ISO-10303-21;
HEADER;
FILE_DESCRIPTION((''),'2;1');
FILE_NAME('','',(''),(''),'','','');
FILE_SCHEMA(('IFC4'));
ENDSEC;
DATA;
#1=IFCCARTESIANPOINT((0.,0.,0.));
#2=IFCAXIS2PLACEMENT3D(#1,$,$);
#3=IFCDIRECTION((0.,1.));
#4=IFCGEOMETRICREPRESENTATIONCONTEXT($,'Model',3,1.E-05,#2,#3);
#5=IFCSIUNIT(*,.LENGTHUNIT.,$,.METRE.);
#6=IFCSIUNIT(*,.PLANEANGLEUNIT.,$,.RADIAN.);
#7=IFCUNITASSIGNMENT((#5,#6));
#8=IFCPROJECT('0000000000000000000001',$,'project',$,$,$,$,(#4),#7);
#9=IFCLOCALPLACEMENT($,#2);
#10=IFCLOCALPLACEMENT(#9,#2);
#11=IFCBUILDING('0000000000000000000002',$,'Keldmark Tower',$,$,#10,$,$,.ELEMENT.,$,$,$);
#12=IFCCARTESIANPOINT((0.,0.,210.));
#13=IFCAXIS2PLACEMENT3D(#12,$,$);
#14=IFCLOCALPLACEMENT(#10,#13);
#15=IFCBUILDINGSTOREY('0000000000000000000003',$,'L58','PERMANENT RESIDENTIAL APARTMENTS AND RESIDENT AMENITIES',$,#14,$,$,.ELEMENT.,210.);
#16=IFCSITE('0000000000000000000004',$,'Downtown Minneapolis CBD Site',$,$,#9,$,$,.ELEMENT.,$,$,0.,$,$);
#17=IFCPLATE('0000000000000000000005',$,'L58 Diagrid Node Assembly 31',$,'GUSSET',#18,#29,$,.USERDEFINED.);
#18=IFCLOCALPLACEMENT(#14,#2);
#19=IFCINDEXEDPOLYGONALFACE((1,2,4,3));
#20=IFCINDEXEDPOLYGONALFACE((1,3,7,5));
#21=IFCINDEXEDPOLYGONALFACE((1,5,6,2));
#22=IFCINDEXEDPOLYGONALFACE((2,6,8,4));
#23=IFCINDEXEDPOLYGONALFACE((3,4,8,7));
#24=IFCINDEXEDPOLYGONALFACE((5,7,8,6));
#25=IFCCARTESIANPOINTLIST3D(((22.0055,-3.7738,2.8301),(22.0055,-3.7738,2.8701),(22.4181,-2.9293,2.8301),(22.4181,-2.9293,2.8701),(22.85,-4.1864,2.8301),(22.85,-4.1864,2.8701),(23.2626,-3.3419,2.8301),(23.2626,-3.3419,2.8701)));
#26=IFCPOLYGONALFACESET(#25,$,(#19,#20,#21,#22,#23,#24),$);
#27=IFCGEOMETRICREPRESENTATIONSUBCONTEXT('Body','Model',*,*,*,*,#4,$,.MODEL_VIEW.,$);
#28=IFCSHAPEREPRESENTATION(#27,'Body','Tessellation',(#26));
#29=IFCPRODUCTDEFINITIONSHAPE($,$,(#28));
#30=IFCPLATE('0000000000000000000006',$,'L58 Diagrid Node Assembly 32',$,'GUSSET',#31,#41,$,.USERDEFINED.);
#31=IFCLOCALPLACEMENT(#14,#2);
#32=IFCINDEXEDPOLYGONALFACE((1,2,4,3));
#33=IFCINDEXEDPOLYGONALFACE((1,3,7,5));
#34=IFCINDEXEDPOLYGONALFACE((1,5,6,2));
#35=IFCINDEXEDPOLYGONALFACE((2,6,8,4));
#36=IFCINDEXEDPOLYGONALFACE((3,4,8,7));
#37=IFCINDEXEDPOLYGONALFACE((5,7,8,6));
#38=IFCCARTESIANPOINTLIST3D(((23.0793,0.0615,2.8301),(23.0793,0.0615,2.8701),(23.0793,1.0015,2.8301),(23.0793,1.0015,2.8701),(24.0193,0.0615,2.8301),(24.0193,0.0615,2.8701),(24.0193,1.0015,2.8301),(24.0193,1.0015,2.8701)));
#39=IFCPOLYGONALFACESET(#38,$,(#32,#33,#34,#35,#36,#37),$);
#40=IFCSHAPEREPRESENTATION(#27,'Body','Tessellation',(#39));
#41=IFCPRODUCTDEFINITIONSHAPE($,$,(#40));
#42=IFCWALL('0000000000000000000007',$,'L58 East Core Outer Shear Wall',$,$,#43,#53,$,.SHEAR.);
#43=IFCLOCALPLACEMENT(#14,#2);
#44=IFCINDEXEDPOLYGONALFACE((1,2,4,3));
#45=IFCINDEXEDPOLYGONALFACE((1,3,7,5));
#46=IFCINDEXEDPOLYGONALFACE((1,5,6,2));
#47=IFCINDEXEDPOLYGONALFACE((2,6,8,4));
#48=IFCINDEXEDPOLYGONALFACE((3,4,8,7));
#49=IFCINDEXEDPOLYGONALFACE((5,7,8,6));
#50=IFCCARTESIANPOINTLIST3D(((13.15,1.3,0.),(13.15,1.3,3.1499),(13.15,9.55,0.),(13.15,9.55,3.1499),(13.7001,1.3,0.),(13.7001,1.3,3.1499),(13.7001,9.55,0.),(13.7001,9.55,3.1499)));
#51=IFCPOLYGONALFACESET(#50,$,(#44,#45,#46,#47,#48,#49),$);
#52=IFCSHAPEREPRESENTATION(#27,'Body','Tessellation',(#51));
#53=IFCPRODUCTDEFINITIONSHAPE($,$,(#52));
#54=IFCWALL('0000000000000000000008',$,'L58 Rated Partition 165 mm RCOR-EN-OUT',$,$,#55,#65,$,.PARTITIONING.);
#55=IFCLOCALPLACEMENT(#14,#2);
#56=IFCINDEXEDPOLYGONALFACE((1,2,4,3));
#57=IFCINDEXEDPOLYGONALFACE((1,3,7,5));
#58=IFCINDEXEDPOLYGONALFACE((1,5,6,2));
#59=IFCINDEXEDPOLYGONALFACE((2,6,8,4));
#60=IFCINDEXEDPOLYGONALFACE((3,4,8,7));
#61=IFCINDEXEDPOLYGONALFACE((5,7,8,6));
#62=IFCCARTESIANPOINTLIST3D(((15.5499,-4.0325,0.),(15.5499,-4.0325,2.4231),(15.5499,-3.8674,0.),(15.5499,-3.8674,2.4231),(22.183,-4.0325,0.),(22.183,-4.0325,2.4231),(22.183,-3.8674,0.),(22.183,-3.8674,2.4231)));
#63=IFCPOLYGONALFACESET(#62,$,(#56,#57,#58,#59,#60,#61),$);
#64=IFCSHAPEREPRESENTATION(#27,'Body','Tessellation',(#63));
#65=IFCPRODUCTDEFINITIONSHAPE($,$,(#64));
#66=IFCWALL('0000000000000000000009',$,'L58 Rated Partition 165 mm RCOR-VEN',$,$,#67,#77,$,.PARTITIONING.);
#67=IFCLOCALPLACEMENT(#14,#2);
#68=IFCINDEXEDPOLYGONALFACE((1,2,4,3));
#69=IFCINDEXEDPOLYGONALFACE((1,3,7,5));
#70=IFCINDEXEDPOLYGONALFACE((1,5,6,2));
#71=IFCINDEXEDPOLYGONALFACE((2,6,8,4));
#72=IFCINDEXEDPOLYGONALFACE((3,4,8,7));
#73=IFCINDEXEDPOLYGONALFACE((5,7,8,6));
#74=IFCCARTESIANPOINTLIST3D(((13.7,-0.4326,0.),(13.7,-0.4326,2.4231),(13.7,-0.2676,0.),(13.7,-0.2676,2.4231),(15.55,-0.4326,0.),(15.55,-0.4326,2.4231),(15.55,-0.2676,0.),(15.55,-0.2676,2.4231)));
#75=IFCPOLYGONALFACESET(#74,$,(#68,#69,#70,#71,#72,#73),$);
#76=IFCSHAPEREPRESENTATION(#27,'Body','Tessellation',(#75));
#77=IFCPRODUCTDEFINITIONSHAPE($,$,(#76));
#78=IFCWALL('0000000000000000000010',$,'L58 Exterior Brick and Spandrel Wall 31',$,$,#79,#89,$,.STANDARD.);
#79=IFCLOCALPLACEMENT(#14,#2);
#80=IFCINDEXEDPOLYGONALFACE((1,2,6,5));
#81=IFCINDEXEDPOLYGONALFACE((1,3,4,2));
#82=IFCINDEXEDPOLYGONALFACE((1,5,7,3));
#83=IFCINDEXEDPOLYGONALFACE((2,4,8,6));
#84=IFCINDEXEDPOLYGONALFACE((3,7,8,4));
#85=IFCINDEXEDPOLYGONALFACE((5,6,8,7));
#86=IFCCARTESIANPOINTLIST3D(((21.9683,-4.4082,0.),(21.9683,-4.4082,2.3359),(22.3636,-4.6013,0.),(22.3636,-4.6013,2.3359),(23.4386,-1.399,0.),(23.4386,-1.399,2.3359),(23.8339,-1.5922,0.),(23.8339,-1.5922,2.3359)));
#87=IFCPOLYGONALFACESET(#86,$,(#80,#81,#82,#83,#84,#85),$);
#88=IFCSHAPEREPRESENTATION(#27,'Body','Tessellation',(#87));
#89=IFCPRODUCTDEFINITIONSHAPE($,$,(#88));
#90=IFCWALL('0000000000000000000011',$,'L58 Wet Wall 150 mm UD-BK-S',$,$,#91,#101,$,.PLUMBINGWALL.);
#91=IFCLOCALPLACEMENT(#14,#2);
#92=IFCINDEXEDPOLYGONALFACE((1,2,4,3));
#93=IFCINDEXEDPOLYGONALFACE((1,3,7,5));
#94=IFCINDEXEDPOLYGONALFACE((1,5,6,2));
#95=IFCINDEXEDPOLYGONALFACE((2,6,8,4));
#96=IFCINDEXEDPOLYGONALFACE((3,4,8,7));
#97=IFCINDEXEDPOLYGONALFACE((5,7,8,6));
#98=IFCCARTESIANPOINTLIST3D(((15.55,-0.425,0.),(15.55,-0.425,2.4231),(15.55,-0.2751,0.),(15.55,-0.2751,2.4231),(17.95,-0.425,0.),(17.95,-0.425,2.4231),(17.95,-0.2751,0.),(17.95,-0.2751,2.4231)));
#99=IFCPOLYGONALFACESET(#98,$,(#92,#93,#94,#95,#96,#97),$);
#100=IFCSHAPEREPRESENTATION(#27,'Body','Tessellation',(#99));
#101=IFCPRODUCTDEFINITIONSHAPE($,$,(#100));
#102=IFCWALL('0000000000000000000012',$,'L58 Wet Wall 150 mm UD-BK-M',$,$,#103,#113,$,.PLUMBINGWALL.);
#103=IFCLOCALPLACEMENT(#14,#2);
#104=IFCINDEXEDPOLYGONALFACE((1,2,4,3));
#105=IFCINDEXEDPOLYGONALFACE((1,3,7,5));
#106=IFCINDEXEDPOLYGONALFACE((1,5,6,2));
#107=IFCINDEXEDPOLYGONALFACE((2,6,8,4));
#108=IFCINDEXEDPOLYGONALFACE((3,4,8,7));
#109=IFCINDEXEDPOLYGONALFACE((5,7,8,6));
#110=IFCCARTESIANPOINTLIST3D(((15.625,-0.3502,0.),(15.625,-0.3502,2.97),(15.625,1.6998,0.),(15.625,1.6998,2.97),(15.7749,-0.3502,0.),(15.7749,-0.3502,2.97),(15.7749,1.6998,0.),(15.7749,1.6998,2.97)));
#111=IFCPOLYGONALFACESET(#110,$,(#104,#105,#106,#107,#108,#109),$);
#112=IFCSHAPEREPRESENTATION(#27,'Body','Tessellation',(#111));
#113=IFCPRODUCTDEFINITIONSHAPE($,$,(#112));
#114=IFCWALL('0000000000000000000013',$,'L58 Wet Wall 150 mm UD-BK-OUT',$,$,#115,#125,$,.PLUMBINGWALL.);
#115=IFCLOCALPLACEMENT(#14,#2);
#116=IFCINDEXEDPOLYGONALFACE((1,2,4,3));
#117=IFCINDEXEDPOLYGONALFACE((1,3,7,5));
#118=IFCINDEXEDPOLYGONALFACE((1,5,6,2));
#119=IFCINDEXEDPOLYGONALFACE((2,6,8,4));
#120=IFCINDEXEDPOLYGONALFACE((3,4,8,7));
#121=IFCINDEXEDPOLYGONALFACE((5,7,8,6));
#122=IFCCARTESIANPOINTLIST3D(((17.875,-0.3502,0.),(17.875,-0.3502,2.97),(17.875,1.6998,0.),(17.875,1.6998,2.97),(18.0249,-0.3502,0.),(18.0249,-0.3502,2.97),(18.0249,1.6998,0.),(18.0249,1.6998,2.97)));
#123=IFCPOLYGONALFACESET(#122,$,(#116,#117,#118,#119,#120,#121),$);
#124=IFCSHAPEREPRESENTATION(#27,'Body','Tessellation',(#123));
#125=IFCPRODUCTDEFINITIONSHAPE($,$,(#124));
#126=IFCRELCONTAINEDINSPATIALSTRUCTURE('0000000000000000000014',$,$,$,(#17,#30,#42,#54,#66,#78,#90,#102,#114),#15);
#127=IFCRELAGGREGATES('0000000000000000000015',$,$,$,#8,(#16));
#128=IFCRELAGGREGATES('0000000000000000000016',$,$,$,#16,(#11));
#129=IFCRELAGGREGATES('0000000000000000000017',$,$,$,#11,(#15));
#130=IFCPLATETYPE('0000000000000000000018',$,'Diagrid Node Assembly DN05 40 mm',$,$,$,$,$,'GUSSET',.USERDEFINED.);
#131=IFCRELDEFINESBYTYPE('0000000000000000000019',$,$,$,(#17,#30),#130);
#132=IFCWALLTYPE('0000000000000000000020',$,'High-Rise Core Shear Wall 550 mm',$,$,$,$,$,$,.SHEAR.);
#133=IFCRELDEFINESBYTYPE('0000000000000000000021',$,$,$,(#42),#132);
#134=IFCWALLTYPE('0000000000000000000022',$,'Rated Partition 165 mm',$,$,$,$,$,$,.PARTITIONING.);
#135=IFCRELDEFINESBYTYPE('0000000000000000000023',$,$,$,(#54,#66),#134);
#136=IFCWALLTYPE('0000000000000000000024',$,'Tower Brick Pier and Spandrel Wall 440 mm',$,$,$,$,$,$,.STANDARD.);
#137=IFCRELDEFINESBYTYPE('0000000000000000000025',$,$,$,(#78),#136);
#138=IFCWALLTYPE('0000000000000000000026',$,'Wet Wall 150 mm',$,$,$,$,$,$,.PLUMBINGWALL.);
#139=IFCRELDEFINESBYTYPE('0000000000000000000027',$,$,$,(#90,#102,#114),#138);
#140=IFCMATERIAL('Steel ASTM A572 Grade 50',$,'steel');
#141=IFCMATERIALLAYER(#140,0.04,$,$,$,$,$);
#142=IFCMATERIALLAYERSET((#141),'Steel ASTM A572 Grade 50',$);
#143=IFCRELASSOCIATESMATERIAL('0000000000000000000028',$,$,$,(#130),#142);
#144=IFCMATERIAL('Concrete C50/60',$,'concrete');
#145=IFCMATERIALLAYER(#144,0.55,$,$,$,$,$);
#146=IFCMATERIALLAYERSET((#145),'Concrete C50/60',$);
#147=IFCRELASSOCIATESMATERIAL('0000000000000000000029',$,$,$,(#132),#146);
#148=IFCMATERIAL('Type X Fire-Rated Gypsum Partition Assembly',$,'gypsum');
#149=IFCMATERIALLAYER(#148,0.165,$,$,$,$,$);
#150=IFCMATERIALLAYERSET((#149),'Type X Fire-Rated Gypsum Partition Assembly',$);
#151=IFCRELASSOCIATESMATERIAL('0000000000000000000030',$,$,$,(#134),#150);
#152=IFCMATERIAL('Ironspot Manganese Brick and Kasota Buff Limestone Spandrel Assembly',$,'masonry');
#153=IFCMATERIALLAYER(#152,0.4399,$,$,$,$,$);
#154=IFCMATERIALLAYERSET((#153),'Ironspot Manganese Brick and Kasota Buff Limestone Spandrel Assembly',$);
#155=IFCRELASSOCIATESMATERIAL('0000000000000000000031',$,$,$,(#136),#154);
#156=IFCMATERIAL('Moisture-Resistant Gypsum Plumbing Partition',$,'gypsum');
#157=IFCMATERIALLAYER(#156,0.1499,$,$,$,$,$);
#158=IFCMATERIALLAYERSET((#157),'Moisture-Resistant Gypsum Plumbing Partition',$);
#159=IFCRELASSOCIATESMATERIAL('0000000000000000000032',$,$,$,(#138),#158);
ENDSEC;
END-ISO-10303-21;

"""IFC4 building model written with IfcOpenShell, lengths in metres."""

from ifc_helpers import new_model, si_unit, direction, frame, frame_2d, origin, origin_2d, place, context, subcontext, project, spatial, rectangle, extrude, material, layer, layer_set, type_object, element, save


model = new_model("IFC4")

# Units and contexts
model_context = context("Model", 3, precision=1e-05, world=origin(), true_north=direction((0.0, 1.0)))
body_context = subcontext(model_context, "Body", "Model", "MODEL_VIEW")
ifc_project = project(units=[si_unit("LENGTHUNIT", "METRE"), si_unit("PLANEANGLEUNIT", "RADIAN")], contexts=[model_context])

# Site, building, storey
site_placement = place(None, origin())
site = spatial("IfcSite", under=ifc_project, at=site_placement, Name="Downtown Minneapolis CBD Site", CompositionType="ELEMENT", RefElevation=0.0)
building_placement = place(site_placement, origin())
building = spatial("IfcBuilding", under=site, at=building_placement, Name="Keldmark Tower", CompositionType="ELEMENT")
storey_placement = place(building_placement, frame((0.0, 0.0, 210.0)))
storey = spatial("IfcBuildingStorey", under=building, at=storey_placement, Name="L58", Description="PERMANENT RESIDENTIAL APARTMENTS AND RESIDENT AMENITIES", CompositionType="ELEMENT", Elevation=210.0)

# Plates
ifc_material_1 = material(Name="Steel ASTM A572 Grade 50", Category="steel")
ifc_layer_1 = layer(ifc_material_1, 0.04)
ifc_layer_set_1 = layer_set([ifc_layer_1], Name="Steel ASTM A572 Grade 50")
plate_type_1 = type_object("IfcPlateType", Name="Diagrid Node Assembly DN05 40 mm", ElementType="GUSSET", PredefinedType="USERDEFINED", material=ifc_layer_set_1)
for number, where, z_axis, x_axis, name in (
    (1, (22.634, -3.5579, 2.8301), (0.0, 0.0, 1.0), (0.438999, 0.898488, 0.0), "L58 Diagrid Node Assembly 31"),
    (2, (23.5493, 0.5315, 2.8301), (0.0, 0.0, 1.0), (0.0, 1.0, 0.0), "L58 Diagrid Node Assembly 32"),
):
    element("IfcPlate", number, at=place(storey_placement, frame(where, z_axis=z_axis, x_axis=x_axis)), inside=storey, type_object=plate_type_1, Name=name, ObjectType="GUSSET", PredefinedType="USERDEFINED", context=body_context, shape_type="SweptSolid", body=[
        extrude(rectangle(XDim=0.9399, YDim=0.9399, at=origin_2d()), origin(), (0.0, 0.0, 1.0), 0.04),
    ])

# Wall
ifc_material_2 = material(Name="Concrete C50/60", Category="concrete")
ifc_layer_2 = layer(ifc_material_2, 0.55)
ifc_layer_set_2 = layer_set([ifc_layer_2], Name="Concrete C50/60")
wall_type_1 = type_object("IfcWallType", Name="High-Rise Core Shear Wall 550 mm", PredefinedType="SHEAR", material=ifc_layer_set_2)
wall_1_placement = place(storey_placement, frame((13.425, 1.3, 0.0), z_axis=(0.0, 0.0, 1.0), x_axis=(0.0, 1.0, 0.0)))
element("IfcWall", 3, at=wall_1_placement, inside=storey, type_object=wall_type_1, Name="L58 East Core Outer Shear Wall", PredefinedType="SHEAR", context=body_context, shape_type="SweptSolid", body=[
    extrude(rectangle(XDim=8.25, YDim=0.55, at=frame_2d((4.125, 0.0))), origin(), (0.0, 0.0, 1.0), 3.1499),
])

# Shared definitions
ifc_material_3 = material(Name="Type X Fire-Rated Gypsum Partition Assembly", Category="gypsum")
ifc_layer_3 = layer(ifc_material_3, 0.165)
ifc_layer_set_3 = layer_set([ifc_layer_3], Name="Type X Fire-Rated Gypsum Partition Assembly")
wall_type_2 = type_object("IfcWallType", Name="Rated Partition 165 mm", PredefinedType="PARTITIONING", material=ifc_layer_set_3)

# Wall
wall_2_placement = place(storey_placement, frame((15.55, -3.95, 0.0), z_axis=(0.0, 0.0, 1.0), x_axis=(1.0, 0.0, 0.0)))
element("IfcWall", 4, at=wall_2_placement, inside=storey, type_object=wall_type_2, Name="L58 Rated Partition 165 mm RCOR-EN-OUT", PredefinedType="PARTITIONING", context=body_context, shape_type="SweptSolid", body=[
    extrude(rectangle(XDim=6.6331, YDim=0.165, at=frame_2d((3.3164, 0.0))), origin(), (0.0, 0.0, 1.0), 2.4231),
])

# Walls
wall_3_placement = place(storey_placement, frame((13.7, -0.3501, 0.0), z_axis=(0.0, 0.0, 1.0), x_axis=(1.0, 0.0, 0.0)))
element("IfcWall", 5, at=wall_3_placement, inside=storey, type_object=wall_type_2, Name="L58 Rated Partition 165 mm RCOR-VEN", PredefinedType="PARTITIONING", context=body_context, shape_type="SweptSolid", body=[
    extrude(rectangle(XDim=1.8501, YDim=0.165, at=frame_2d((0.925, 0.0))), origin(), (0.0, 0.0, 1.0), 2.4231),
])
ifc_material_4 = material(Name="Ironspot Manganese Brick and Kasota Buff Limestone Spandrel Assembly", Category="masonry")
ifc_layer_4 = layer(ifc_material_4, 0.4399)
ifc_layer_set_4 = layer_set([ifc_layer_4], Name="Ironspot Manganese Brick and Kasota Buff Limestone Spandrel Assembly")
wall_type_3 = type_object("IfcWallType", Name="Tower Brick Pier and Spandrel Wall 440 mm", PredefinedType="STANDARD", material=ifc_layer_set_4)
wall_4_placement = place(storey_placement, frame((23.6362, -1.4956, 0.0), z_axis=(0.0, 0.0, 1.0), x_axis=(-0.439001, -0.898487, 0.0)))
element("IfcWall", 6, at=wall_4_placement, inside=storey, type_object=wall_type_3, Name="L58 Exterior Brick and Spandrel Wall 31", PredefinedType="STANDARD", context=body_context, shape_type="SweptSolid", body=[
    extrude(rectangle(XDim=3.3491, YDim=0.4399, at=frame_2d((1.6746, 0.0))), origin(), (0.0, 0.0, 1.0), 2.3359),
])
ifc_material_5 = material(Name="Moisture-Resistant Gypsum Plumbing Partition", Category="gypsum")
ifc_layer_5 = layer(ifc_material_5, 0.1499)
ifc_layer_set_5 = layer_set([ifc_layer_5], Name="Moisture-Resistant Gypsum Plumbing Partition")
wall_type_4 = type_object("IfcWallType", Name="Wet Wall 150 mm", PredefinedType="PLUMBINGWALL", material=ifc_layer_set_5)
wall_5_placement = place(storey_placement, frame((15.55, -0.3501, 0.0), z_axis=(0.0, 0.0, 1.0), x_axis=(1.0, 0.0, 0.0)))
element("IfcWall", 7, at=wall_5_placement, inside=storey, type_object=wall_type_4, Name="L58 Wet Wall 150 mm UD-BK-S", PredefinedType="PLUMBINGWALL", context=body_context, shape_type="SweptSolid", body=[
    extrude(rectangle(XDim=2.3999, YDim=0.1499, at=frame_2d((1.2, 0.0))), origin(), (0.0, 0.0, 1.0), 2.4231),
])
for number, where, z_axis, x_axis, name in (
    (8, (15.7, -0.3501, 0.0), (0.0, 0.0, 1.0), (0.0, 1.0, 0.0), "L58 Wet Wall 150 mm UD-BK-M"),
    (9, (17.95, -0.3501, 0.0), (0.0, 0.0, 1.0), (0.0, 1.0, 0.0), "L58 Wet Wall 150 mm UD-BK-OUT"),
):
    element("IfcWall", number, at=place(storey_placement, frame(where, z_axis=z_axis, x_axis=x_axis)), inside=storey, type_object=wall_type_4, Name=name, PredefinedType="PLUMBINGWALL", context=body_context, shape_type="SweptSolid", body=[
        extrude(rectangle(XDim=2.05, YDim=0.1499, at=frame_2d((1.0249, 0.0))), origin(), (0.0, 0.0, 1.0), 2.97),
    ])

save(model, "model.ifc")
